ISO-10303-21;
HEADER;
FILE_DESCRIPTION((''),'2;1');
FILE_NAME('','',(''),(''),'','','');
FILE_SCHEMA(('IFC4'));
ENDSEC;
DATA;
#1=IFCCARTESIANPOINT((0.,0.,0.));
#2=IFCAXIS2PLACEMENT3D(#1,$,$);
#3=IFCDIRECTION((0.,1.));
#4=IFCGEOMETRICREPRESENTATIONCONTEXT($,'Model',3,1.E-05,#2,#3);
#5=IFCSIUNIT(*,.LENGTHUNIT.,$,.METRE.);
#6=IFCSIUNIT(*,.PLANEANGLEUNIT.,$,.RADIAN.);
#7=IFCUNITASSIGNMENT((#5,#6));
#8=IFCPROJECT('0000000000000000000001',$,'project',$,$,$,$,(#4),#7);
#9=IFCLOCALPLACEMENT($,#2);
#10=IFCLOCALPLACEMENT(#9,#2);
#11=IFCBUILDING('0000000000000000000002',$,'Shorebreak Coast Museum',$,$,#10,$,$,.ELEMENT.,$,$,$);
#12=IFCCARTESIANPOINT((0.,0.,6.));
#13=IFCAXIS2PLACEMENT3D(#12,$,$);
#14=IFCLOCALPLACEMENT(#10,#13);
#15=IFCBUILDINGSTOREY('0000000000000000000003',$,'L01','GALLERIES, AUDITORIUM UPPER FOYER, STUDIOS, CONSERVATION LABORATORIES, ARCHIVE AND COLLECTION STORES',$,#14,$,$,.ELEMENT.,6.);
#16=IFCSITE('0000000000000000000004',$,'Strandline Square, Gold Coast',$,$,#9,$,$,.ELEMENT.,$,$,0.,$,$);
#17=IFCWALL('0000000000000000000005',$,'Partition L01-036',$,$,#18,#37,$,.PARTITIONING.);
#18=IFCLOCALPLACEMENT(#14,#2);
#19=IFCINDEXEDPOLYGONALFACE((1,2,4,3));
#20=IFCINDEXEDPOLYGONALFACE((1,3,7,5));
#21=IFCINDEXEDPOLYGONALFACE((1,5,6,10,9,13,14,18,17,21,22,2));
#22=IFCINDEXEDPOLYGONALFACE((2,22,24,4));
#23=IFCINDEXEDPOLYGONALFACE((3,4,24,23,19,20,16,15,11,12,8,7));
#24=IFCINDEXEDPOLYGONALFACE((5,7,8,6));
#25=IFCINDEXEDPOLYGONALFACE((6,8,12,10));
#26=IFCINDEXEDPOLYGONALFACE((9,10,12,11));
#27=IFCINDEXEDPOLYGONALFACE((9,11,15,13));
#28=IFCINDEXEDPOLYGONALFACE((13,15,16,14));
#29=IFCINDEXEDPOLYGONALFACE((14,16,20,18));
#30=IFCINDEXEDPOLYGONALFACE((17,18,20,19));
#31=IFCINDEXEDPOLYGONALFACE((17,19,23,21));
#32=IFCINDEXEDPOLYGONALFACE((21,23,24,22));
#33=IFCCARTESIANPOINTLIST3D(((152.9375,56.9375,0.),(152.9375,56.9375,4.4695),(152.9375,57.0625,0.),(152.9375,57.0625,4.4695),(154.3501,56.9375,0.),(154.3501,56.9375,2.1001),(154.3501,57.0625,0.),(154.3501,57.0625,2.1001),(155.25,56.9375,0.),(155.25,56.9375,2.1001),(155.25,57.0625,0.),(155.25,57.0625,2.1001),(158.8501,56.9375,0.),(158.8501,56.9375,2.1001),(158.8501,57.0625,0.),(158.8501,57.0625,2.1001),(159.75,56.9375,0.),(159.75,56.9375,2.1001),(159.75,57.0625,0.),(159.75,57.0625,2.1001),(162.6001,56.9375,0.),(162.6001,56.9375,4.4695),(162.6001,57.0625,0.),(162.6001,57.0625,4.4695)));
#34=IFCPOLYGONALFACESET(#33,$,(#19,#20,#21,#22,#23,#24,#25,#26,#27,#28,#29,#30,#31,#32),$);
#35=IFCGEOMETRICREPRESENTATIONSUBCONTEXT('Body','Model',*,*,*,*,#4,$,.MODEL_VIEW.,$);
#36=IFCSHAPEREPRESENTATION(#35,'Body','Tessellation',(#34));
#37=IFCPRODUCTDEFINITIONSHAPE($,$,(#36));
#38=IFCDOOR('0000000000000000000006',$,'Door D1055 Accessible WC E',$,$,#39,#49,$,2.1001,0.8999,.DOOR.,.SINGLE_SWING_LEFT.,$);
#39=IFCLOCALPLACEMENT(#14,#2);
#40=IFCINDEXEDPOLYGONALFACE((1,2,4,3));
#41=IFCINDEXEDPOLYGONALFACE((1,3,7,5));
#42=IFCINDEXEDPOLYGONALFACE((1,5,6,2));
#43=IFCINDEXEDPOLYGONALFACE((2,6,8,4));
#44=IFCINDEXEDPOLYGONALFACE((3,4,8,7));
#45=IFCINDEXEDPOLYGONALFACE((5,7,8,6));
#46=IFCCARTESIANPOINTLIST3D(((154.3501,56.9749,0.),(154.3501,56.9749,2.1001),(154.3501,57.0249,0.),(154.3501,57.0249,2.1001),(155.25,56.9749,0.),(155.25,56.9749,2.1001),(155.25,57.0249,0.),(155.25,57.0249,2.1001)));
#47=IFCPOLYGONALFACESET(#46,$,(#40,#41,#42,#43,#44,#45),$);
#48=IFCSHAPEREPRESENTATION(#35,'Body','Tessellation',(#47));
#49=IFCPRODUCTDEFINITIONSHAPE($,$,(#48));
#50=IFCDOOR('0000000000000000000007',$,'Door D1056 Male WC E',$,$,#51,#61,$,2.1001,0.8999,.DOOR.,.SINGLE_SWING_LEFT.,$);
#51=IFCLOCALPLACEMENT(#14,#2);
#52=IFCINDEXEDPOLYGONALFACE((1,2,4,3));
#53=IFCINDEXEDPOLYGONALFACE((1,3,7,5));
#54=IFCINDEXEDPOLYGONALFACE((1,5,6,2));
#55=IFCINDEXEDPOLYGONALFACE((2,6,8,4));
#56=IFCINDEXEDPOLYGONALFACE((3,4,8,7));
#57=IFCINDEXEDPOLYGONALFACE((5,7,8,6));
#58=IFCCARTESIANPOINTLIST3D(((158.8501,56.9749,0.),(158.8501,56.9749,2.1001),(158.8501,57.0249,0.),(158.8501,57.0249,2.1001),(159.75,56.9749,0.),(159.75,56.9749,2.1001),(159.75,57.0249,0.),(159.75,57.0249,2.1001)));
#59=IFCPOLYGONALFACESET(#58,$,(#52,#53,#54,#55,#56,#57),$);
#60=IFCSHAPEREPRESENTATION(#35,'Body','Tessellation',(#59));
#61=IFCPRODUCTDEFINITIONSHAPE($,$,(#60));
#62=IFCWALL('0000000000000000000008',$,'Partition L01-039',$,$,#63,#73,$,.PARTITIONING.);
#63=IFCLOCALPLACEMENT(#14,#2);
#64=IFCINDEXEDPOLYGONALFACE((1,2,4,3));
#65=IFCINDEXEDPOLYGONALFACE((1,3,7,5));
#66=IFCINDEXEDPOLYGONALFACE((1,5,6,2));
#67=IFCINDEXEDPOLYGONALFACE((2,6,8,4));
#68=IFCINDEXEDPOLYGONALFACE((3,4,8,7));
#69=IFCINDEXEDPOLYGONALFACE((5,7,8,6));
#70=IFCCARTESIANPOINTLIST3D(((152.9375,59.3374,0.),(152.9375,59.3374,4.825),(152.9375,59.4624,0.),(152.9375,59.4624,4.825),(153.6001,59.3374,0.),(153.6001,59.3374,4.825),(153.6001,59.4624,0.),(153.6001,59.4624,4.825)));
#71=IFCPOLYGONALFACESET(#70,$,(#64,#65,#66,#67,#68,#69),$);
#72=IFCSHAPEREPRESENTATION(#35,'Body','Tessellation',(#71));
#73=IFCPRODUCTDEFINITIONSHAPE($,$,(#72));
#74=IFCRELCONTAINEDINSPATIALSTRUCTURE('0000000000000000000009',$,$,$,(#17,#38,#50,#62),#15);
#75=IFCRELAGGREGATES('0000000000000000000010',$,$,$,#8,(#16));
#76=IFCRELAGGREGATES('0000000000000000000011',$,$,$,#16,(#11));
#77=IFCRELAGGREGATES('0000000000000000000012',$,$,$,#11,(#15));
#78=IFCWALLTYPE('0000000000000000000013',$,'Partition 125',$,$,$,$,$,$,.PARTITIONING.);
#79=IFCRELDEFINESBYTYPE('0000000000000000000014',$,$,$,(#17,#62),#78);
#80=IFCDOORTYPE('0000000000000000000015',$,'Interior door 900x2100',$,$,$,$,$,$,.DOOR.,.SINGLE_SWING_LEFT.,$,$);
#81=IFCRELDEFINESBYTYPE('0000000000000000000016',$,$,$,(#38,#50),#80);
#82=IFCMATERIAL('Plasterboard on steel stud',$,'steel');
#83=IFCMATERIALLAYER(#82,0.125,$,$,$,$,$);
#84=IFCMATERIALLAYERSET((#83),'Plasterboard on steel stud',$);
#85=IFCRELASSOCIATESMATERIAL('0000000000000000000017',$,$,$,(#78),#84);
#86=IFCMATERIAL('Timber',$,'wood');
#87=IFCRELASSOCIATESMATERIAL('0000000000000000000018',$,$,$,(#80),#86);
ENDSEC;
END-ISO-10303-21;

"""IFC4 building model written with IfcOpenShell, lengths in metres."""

from ifc_helpers import new_model, si_unit, direction, frame, frame_2d, origin, place, context, subcontext, project, spatial, rectangle, extrude, material, layer, layer_set, type_object, element, fill, save


model = new_model("IFC4")

# Units and contexts
model_context = context("Model", 3, precision=1e-05, world=origin(), true_north=direction((0.0, 1.0)))
body_context = subcontext(model_context, "Body", "Model", "MODEL_VIEW")
ifc_project = project(units=[si_unit("LENGTHUNIT", "METRE"), si_unit("PLANEANGLEUNIT", "RADIAN")], contexts=[model_context])

# Site, building, storey
site_placement = place(None, origin())
site = spatial("IfcSite", under=ifc_project, at=site_placement, Name="Strandline Square, Gold Coast", CompositionType="ELEMENT", RefElevation=0.0)
building_placement = place(site_placement, origin())
building = spatial("IfcBuilding", under=site, at=building_placement, Name="Shorebreak Coast Museum", CompositionType="ELEMENT")
storey_placement = place(building_placement, frame((0.0, 0.0, 6.0)))
storey = spatial("IfcBuildingStorey", under=building, at=storey_placement, Name="L01", Description="GALLERIES, AUDITORIUM UPPER FOYER, STUDIOS, CONSERVATION LABORATORIES, ARCHIVE AND COLLECTION STORES", CompositionType="ELEMENT", Elevation=6.0)

# Wall, openings, doors
ifc_material_1 = material(Name="Plasterboard on steel stud", Category="steel")
ifc_layer_1 = layer(ifc_material_1, 0.125)
ifc_layer_set_1 = layer_set([ifc_layer_1], Name="Plasterboard on steel stud")
wall_type_1 = type_object("IfcWallType", Name="Partition 125", PredefinedType="PARTITIONING", material=ifc_layer_set_1)
wall_1_placement = place(storey_placement, frame((152.9375, 57.0, 0.0), z_axis=(0.0, 0.0, 1.0), x_axis=(1.0, 0.0, 0.0)))
wall_1 = element("IfcWall", 1, at=wall_1_placement, inside=storey, type_object=wall_type_1, Name="Partition L01-036", PredefinedType="PARTITIONING", context=body_context, shape_type="SweptSolid", body=[
    extrude(rectangle(XDim=9.6626, YDim=0.125, at=frame_2d((4.8313, 0.0))), origin(), (0.0, 0.0, 1.0), 4.4695),
])
opening_1_placement = place(wall_1_placement, frame((1.4126, 0.0, 0.0)))
opening_1 = element("IfcOpeningElement", 2, at=opening_1_placement, cuts=wall_1, PredefinedType="OPENING", context=body_context, shape_type="SweptSolid", body=[
    extrude(rectangle(XDim=0.8999, YDim=2.1001, at=frame_2d((0.45, 1.05))), frame((0.0, 0.0725, 0.0), z_axis=(0.0, -1.0, 0.0), x_axis=(1.0, 0.0, 0.0)), (0.0, 0.0, 1.0), 0.145),
])
opening_2_placement = place(wall_1_placement, frame((5.9126, 0.0, 0.0)))
opening_2 = element("IfcOpeningElement", 3, at=opening_2_placement, cuts=wall_1, PredefinedType="OPENING", context=body_context, shape_type="SweptSolid", body=[
    extrude(rectangle(XDim=0.8999, YDim=2.1001, at=frame_2d((0.45, 1.05))), frame((0.0, 0.0725, 0.0), z_axis=(0.0, -1.0, 0.0), x_axis=(1.0, 0.0, 0.0)), (0.0, 0.0, 1.0), 0.145),
])
ifc_material_2 = material(Name="Timber", Category="wood")
door_type = type_object("IfcDoorType", Name="Interior door 900x2100", OperationType="SINGLE_SWING_LEFT", PredefinedType="DOOR", material=ifc_material_2)
door_1_placement = place(opening_1_placement, origin())
door_1 = element("IfcDoor", 4, at=door_1_placement, inside=storey, type_object=door_type, Name="Door D1055 Accessible WC E", OperationType="SINGLE_SWING_LEFT", OverallHeight=2.1001, OverallWidth=0.8999, PredefinedType="DOOR", context=body_context, shape_type="SweptSolid", body=[
    extrude(rectangle(XDim=0.8999, YDim=2.1001, at=frame_2d((0.45, 1.05))), frame((0.0, 0.0249, 0.0), z_axis=(0.0, -1.0, 0.0), x_axis=(1.0, 0.0, 0.0)), (0.0, 0.0, 1.0), 0.05),
])
fill(opening_1, door_1)
door_2_placement = place(opening_2_placement, origin())
door_2 = element("IfcDoor", 5, at=door_2_placement, inside=storey, type_object=door_type, Name="Door D1056 Male WC E", OperationType="SINGLE_SWING_LEFT", OverallHeight=2.1001, OverallWidth=0.8999, PredefinedType="DOOR", context=body_context, shape_type="SweptSolid", body=[
    extrude(rectangle(XDim=0.8999, YDim=2.1001, at=frame_2d((0.45, 1.05))), frame((0.0, 0.0249, 0.0), z_axis=(0.0, -1.0, 0.0), x_axis=(1.0, 0.0, 0.0)), (0.0, 0.0, 1.0), 0.05),
])
fill(opening_2, door_2)

# Wall
wall_2_placement = place(storey_placement, frame((152.9375, 59.3999, 0.0), z_axis=(0.0, 0.0, 1.0), x_axis=(1.0, 0.0, 0.0)))
element("IfcWall", 6, at=wall_2_placement, inside=storey, type_object=wall_type_1, Name="Partition L01-039", PredefinedType="PARTITIONING", context=body_context, shape_type="SweptSolid", body=[
    extrude(rectangle(XDim=0.6626, YDim=0.125, at=frame_2d((0.3313, 0.0))), origin(), (0.0, 0.0, 1.0), 4.825),
])

save(model, "model.ifc")
